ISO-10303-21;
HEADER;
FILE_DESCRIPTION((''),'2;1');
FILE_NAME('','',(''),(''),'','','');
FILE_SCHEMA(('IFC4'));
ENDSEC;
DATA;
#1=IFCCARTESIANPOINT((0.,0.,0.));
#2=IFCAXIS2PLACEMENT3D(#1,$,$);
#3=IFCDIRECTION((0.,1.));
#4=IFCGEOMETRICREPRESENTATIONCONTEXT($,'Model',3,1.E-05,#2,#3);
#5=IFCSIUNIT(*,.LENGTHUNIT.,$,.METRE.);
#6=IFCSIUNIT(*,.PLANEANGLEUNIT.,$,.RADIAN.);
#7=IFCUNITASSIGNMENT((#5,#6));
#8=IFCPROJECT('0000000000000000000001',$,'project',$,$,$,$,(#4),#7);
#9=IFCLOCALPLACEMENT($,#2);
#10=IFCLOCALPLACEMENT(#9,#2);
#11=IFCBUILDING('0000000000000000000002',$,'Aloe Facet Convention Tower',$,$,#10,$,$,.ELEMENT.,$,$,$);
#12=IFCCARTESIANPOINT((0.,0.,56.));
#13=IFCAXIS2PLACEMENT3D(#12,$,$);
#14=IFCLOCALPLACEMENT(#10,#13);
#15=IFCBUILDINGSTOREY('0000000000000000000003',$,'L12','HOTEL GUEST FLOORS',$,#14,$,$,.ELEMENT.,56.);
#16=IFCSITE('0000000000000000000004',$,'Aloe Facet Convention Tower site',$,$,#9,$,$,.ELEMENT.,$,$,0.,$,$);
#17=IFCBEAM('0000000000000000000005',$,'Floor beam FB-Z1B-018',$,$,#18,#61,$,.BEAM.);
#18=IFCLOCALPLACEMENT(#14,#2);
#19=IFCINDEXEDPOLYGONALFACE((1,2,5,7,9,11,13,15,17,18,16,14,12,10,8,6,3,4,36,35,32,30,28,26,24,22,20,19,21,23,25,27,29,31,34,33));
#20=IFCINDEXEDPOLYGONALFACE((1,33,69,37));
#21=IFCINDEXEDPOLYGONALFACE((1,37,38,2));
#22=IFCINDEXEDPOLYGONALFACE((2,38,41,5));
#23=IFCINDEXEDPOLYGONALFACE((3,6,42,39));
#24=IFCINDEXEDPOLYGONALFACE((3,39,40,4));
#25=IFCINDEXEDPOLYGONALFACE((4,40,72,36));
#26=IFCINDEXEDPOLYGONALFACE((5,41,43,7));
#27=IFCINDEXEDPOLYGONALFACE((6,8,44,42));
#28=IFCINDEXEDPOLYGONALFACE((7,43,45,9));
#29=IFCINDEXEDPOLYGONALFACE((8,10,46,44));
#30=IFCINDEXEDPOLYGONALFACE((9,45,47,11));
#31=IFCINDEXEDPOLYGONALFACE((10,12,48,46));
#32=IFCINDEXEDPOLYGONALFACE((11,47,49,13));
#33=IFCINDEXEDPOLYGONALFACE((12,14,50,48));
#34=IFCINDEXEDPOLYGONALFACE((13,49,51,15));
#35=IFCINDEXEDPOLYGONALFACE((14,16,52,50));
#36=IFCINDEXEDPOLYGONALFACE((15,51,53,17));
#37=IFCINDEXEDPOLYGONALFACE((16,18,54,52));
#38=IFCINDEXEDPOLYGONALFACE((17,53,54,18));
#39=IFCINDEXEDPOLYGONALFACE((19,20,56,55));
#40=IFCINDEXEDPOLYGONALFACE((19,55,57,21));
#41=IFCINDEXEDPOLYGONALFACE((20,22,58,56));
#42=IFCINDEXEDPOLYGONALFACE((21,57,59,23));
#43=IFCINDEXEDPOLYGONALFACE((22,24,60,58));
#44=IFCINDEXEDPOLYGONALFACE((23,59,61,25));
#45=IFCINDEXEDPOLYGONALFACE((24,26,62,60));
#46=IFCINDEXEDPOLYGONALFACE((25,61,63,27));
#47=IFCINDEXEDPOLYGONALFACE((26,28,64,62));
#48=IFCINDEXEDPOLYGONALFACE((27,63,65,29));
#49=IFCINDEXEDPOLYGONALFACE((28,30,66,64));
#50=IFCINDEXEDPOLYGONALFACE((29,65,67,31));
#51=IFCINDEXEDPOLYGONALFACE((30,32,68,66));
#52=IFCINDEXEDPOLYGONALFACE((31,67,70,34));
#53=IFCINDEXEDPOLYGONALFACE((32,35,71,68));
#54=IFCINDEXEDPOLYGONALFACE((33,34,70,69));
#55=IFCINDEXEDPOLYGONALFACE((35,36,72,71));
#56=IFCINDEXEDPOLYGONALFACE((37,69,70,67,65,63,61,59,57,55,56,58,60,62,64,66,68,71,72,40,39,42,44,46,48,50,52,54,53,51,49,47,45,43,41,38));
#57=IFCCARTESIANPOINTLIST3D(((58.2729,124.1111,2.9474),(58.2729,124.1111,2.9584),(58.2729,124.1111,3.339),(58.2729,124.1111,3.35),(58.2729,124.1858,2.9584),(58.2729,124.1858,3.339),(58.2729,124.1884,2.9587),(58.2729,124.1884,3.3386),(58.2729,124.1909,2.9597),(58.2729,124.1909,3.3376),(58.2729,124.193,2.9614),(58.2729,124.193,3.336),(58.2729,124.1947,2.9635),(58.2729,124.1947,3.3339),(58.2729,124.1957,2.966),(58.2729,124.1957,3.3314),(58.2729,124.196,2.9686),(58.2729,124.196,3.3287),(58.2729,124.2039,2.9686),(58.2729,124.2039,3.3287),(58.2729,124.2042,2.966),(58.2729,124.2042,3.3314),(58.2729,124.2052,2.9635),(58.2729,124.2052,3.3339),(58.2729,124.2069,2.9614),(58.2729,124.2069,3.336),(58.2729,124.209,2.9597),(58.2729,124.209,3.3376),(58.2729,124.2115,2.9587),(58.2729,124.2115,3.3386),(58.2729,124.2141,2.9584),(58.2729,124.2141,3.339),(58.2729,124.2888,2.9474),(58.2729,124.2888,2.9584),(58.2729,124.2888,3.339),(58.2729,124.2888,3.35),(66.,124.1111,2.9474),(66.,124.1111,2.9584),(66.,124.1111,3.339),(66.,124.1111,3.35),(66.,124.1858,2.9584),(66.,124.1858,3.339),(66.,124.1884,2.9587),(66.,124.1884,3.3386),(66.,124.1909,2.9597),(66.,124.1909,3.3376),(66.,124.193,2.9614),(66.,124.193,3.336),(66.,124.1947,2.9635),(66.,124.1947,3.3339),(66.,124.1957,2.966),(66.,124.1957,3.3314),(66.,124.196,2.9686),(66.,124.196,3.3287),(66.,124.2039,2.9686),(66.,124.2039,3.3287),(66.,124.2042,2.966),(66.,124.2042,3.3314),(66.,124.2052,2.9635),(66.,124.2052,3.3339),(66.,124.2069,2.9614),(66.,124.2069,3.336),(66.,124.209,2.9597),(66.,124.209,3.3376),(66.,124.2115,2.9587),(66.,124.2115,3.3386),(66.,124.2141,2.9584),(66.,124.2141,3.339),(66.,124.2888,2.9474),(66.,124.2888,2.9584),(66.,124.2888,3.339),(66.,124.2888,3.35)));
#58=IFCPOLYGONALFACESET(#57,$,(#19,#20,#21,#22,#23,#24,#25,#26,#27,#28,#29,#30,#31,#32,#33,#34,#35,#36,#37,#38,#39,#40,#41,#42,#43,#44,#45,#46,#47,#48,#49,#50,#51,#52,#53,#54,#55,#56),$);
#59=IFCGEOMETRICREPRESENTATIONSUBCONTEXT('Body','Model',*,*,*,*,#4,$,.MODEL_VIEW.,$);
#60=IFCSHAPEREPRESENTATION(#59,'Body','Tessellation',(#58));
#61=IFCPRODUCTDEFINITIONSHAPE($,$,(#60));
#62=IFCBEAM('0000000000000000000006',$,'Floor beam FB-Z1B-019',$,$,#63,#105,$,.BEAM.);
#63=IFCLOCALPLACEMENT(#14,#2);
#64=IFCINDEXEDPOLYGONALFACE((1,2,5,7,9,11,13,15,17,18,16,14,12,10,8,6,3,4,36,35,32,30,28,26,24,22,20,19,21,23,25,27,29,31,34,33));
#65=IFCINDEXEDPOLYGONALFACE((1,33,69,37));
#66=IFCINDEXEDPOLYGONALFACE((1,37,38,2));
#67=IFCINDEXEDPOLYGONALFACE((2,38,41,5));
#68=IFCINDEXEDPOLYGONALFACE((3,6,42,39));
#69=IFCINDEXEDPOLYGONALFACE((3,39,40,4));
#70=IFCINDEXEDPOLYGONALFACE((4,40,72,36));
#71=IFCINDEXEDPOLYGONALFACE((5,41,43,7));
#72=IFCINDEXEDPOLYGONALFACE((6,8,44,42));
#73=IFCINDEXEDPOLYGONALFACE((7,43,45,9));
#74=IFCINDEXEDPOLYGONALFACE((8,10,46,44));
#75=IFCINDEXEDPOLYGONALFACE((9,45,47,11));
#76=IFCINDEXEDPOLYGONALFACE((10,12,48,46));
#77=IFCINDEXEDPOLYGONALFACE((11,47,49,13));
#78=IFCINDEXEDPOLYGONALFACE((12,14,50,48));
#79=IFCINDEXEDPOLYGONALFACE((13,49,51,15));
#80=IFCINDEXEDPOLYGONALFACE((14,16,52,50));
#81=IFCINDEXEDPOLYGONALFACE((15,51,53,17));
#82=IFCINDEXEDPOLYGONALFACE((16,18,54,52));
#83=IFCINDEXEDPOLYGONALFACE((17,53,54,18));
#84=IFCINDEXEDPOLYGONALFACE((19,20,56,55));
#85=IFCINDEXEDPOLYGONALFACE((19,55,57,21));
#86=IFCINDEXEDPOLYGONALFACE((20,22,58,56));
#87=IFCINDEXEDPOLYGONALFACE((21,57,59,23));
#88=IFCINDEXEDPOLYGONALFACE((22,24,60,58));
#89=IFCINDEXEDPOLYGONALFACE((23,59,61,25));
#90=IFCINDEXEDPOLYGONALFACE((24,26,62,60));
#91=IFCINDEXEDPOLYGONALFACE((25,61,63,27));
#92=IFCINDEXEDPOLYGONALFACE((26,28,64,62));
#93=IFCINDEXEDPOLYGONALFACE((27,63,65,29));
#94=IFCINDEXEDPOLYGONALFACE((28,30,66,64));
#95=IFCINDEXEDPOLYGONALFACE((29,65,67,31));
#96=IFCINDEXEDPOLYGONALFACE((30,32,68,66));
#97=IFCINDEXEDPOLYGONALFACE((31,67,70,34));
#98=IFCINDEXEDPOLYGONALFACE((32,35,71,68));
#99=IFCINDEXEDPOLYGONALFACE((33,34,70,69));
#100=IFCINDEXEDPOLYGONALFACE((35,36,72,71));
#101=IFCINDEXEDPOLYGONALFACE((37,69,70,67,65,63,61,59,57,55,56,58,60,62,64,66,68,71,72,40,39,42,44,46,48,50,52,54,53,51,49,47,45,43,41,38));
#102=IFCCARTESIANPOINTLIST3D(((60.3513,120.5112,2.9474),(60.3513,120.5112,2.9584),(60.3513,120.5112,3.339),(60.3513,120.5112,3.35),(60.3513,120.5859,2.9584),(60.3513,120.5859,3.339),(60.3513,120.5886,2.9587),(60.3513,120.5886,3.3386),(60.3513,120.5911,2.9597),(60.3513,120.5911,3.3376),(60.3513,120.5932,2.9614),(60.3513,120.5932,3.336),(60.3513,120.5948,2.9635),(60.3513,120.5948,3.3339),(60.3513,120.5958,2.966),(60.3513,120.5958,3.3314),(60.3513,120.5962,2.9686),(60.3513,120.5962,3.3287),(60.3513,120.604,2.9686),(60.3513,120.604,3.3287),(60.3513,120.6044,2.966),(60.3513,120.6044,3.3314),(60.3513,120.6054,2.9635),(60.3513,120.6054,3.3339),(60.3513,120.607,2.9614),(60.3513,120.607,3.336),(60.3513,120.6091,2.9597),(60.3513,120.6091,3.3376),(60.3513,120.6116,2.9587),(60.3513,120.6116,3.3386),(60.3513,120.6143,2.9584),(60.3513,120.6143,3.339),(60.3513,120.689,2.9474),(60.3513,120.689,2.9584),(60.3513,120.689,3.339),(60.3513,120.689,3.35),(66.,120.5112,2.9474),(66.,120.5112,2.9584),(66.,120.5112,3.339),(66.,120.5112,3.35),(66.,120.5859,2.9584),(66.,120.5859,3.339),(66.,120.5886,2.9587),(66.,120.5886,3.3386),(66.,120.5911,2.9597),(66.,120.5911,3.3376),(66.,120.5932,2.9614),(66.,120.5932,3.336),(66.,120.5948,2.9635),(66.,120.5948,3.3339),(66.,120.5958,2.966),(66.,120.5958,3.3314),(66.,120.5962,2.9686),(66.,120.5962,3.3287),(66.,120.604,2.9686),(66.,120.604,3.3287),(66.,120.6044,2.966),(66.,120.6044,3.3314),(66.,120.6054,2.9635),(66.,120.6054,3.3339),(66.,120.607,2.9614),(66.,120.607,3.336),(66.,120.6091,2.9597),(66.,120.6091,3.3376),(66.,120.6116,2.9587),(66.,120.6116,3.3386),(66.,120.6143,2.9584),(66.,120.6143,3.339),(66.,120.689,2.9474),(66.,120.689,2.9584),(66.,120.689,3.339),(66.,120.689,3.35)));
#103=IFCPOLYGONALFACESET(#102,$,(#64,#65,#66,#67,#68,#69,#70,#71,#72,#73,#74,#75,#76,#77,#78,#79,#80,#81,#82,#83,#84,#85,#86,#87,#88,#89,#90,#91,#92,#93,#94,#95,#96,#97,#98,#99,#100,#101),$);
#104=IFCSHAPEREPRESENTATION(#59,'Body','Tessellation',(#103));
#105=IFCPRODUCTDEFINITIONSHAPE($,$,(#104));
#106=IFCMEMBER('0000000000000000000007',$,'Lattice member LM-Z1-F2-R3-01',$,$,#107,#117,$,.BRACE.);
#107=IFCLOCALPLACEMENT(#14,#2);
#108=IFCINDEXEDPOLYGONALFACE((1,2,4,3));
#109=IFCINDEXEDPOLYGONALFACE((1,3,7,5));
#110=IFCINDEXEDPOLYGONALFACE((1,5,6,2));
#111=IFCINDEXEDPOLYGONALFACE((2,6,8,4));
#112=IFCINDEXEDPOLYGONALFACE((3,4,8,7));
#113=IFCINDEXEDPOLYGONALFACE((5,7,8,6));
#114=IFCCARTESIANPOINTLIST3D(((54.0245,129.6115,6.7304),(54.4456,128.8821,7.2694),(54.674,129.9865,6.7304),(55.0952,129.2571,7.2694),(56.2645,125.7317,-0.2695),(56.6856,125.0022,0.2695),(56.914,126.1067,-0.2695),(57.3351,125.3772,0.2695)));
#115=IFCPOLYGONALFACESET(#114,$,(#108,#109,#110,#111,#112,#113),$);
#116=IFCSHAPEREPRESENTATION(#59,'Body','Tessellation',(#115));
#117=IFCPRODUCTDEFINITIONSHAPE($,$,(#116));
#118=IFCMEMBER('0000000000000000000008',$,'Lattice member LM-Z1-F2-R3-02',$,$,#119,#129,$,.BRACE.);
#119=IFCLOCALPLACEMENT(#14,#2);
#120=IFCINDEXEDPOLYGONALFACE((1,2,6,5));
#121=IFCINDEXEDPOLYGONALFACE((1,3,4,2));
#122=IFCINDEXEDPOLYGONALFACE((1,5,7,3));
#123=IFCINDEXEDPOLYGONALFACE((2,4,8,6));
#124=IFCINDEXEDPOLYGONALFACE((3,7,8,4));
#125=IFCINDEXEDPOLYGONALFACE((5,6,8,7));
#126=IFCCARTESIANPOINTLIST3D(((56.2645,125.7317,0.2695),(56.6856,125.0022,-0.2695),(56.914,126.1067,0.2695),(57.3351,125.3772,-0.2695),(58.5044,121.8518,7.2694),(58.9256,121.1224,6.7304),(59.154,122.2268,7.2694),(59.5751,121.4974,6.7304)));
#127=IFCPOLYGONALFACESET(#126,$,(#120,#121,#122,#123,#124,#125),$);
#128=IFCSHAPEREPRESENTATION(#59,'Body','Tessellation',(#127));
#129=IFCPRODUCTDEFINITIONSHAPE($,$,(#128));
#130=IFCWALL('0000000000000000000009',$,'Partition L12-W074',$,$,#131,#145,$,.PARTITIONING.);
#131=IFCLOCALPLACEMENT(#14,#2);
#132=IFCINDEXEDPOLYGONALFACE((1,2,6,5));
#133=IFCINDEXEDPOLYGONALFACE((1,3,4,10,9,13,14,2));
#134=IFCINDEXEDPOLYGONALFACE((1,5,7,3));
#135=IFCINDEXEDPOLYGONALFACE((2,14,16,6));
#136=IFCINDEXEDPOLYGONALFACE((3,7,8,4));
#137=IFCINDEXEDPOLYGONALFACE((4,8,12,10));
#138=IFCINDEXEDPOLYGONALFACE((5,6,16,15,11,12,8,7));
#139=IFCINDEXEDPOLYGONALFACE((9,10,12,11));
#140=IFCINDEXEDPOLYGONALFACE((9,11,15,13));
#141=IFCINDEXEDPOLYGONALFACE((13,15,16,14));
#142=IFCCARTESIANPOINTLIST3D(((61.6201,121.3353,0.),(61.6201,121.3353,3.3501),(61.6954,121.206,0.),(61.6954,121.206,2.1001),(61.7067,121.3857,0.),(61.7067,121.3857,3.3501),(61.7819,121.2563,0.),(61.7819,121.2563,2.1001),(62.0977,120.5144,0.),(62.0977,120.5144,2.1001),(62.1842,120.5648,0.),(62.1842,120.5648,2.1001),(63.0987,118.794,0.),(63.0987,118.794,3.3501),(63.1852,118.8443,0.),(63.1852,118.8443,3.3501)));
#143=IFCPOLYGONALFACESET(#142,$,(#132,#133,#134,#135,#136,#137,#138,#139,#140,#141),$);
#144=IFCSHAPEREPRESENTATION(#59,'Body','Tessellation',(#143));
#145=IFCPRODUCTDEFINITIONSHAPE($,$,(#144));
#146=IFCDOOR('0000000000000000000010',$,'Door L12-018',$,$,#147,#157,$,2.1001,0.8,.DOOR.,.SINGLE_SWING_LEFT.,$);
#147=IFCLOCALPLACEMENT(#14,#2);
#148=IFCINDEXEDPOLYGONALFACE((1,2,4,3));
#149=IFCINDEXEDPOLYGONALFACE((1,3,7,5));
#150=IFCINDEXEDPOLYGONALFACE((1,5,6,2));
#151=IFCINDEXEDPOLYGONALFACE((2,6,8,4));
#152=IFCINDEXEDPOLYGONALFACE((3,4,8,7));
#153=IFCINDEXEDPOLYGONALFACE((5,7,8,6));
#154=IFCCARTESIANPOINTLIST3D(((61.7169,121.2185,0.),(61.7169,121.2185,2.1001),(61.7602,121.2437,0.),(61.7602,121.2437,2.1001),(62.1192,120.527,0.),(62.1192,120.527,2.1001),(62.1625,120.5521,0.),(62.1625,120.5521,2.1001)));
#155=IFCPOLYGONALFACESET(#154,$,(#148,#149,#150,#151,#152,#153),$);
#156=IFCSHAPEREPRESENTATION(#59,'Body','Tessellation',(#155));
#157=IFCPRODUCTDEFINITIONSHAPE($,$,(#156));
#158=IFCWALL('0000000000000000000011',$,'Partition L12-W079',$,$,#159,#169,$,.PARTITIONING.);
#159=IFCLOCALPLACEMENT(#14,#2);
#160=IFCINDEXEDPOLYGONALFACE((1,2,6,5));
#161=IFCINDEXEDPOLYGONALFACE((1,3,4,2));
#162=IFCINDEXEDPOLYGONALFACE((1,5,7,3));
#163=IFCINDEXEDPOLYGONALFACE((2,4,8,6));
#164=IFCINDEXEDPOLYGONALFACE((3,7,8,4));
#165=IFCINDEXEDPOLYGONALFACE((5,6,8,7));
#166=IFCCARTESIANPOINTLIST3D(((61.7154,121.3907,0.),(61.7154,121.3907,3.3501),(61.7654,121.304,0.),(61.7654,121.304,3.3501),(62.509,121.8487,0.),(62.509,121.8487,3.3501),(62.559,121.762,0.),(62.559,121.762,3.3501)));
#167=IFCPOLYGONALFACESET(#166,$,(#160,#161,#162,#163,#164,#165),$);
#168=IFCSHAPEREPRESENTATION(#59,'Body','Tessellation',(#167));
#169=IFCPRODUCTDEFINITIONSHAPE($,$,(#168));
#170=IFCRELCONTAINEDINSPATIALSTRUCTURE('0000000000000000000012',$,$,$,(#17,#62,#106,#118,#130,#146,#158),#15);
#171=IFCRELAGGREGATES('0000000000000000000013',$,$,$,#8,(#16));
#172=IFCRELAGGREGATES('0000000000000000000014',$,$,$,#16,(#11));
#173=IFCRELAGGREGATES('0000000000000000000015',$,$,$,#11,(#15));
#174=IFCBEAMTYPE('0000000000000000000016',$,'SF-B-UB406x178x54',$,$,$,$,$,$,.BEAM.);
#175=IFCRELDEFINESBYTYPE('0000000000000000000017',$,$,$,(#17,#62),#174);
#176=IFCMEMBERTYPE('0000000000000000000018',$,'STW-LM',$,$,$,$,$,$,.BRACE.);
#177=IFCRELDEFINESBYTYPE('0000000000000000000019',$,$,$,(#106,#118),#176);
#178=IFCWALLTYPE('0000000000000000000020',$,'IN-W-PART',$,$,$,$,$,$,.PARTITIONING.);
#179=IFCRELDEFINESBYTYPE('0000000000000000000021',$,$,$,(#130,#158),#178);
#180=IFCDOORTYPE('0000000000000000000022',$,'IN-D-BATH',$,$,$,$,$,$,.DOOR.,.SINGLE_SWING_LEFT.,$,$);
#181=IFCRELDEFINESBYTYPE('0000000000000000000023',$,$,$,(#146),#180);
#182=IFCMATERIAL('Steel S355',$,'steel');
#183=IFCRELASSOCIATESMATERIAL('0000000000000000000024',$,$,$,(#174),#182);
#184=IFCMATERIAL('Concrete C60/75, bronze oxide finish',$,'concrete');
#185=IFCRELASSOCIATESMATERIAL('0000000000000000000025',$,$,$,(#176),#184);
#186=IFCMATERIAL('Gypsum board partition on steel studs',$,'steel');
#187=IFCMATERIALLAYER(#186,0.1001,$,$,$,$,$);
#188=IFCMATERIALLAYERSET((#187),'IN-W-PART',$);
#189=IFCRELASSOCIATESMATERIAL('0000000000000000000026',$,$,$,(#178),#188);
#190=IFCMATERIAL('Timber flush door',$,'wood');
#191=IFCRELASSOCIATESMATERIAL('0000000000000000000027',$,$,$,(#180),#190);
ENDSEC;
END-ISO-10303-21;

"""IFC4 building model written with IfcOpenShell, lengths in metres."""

from ifc_helpers import new_model, si_unit, direction, frame, frame_2d, origin, origin_2d, place, context, subcontext, project, spatial, rectangle, i_section, extrude, material, layer, layer_set, material_profile, profile_set, type_object, element, fill, save


model = new_model("IFC4")

# Units and contexts
model_context = context("Model", 3, precision=1e-05, world=origin(), true_north=direction((0.0, 1.0)))
body_context = subcontext(model_context, "Body", "Model", "MODEL_VIEW")
ifc_project = project(units=[si_unit("LENGTHUNIT", "METRE"), si_unit("PLANEANGLEUNIT", "RADIAN")], contexts=[model_context])

# Site, building, storey
site_placement = place(None, origin())
site = spatial("IfcSite", under=ifc_project, at=site_placement, Name="Aloe Facet Convention Tower site", CompositionType="ELEMENT", RefElevation=0.0)
building_placement = place(site_placement, origin())
building = spatial("IfcBuilding", under=site, at=building_placement, Name="Aloe Facet Convention Tower", CompositionType="ELEMENT")
storey_placement = place(building_placement, frame((0.0, 0.0, 56.0)))
storey = spatial("IfcBuildingStorey", under=building, at=storey_placement, Name="L12", Description="HOTEL GUEST FLOORS", CompositionType="ELEMENT", Elevation=56.0)

# Beams
ifc_material_1 = material(Name="Steel S355", Category="steel")
ifc_material_profile_1 = material_profile(ifc_material_1, i_section(OverallWidth=0.1777, OverallDepth=0.4026, WebThickness=0.0078, FlangeThickness=0.011, FilletRadius=0.0103, at=origin_2d()), Name="UB 406x178x54")
ifc_profile_set_1 = profile_set([ifc_material_profile_1], Name="Steel S355")
beam_type = type_object("IfcBeamType", Name="SF-B-UB406x178x54", PredefinedType="BEAM", material=ifc_profile_set_1)
beam_1_placement = place(storey_placement, frame((58.2729, 124.2, 3.1487), z_axis=(1.0, 0.0, 0.0), x_axis=(0.0, 1.0, 0.0)))
element("IfcBeam", 1, at=beam_1_placement, inside=storey, type_object=beam_type, Name="Floor beam FB-Z1B-018", PredefinedType="BEAM", context=body_context, shape_type="SweptSolid", body=[
    extrude(i_section(OverallWidth=0.1777, OverallDepth=0.4026, WebThickness=0.0078, FlangeThickness=0.011, FilletRadius=0.0103, at=origin_2d()), origin(), (0.0, 0.0, 1.0), 7.7271),
])
beam_2_placement = place(storey_placement, frame((60.3513, 120.6001, 3.1487), z_axis=(1.0, 0.0, 0.0), x_axis=(0.0, 1.0, 0.0)))
element("IfcBeam", 2, at=beam_2_placement, inside=storey, type_object=beam_type, Name="Floor beam FB-Z1B-019", PredefinedType="BEAM", context=body_context, shape_type="SweptSolid", body=[
    extrude(i_section(OverallWidth=0.1777, OverallDepth=0.4026, WebThickness=0.0078, FlangeThickness=0.011, FilletRadius=0.0103, at=origin_2d()), origin(), (0.0, 0.0, 1.0), 5.6487),
])

# Members
ifc_material_2 = material(Name="Concrete C60/75, bronze oxide finish", Category="concrete")
ifc_material_profile_2 = material_profile(ifc_material_2, rectangle(XDim=0.75, YDim=1.0, at=origin_2d()), Name="STW-LM")
ifc_profile_set_2 = profile_set([ifc_material_profile_2], Name="Concrete C60/75, bronze oxide finish")
member_type = type_object("IfcMemberType", Name="STW-LM", PredefinedType="BRACE", material=ifc_profile_set_2)
for number, where, z_axis, x_axis, name in (
    (3, (56.7998, 125.5544, 0.0), (-0.269524, 0.466843, 0.842267), (-0.866031, -0.49999, 0.0), "Lattice member LM-Z1-F2-R3-01"),
    (4, (56.7998, 125.5544, 0.0), (0.269524, -0.466843, 0.842267), (0.866031, 0.49999, 0.0), "Lattice member LM-Z1-F2-R3-02"),
):
    element("IfcMember", number, at=place(storey_placement, frame(where, z_axis=z_axis, x_axis=x_axis)), inside=storey, type_object=member_type, Name=name, PredefinedType="BRACE", context=body_context, shape_type="SweptSolid", body=[
        extrude(rectangle(XDim=0.75, YDim=1.0, at=origin_2d()), origin(), (0.0, 0.0, 1.0), 8.3108),
    ])

# Wall, opening, door
ifc_material_3 = material(Name="Gypsum board partition on steel studs", Category="steel")
ifc_layer_1 = layer(ifc_material_3, 0.1001)
ifc_layer_set_1 = layer_set([ifc_layer_1], Name="IN-W-PART")
wall_type_1 = type_object("IfcWallType", Name="IN-W-PART", PredefinedType="PARTITIONING", material=ifc_layer_set_1)
wall_1_placement = place(storey_placement, frame((61.6633, 121.3606, 0.0), z_axis=(0.0, 0.0, 1.0), x_axis=(0.502885, -0.864354, 0.0)))
wall_1 = element("IfcWall", 5, at=wall_1_placement, inside=storey, type_object=wall_type_1, Name="Partition L12-W074", PredefinedType="PARTITIONING", context=body_context, shape_type="SweptSolid", body=[
    extrude(rectangle(XDim=2.9402, YDim=0.1001, at=frame_2d((1.4702, 0.0))), origin(), (0.0, 0.0, 1.0), 3.3501),
])
opening_1_placement = place(wall_1_placement, frame((0.1499, 0.0, 0.0)))
opening_1 = element("IfcOpeningElement", 6, at=opening_1_placement, cuts=wall_1, PredefinedType="OPENING", context=body_context, shape_type="SweptSolid", body=[
    extrude(rectangle(XDim=0.8, YDim=2.1001, at=frame_2d((0.3999, 1.05))), frame((0.0, 0.0601, 0.0), z_axis=(0.0, -1.0, 0.0), x_axis=(1.0, 0.0, 0.0)), (0.0, 0.0, 1.0), 0.1201),
])
ifc_material_4 = material(Name="Timber flush door", Category="wood")
door_type_1 = type_object("IfcDoorType", Name="IN-D-BATH", OperationType="SINGLE_SWING_LEFT", PredefinedType="DOOR", material=ifc_material_4)
door_1_placement = place(opening_1_placement, origin())
door_1 = element("IfcDoor", 7, at=door_1_placement, inside=storey, type_object=door_type_1, Name="Door L12-018", OperationType="SINGLE_SWING_LEFT", OverallHeight=2.1001, OverallWidth=0.8, PredefinedType="DOOR", context=body_context, shape_type="SweptSolid", body=[
    extrude(rectangle(XDim=0.8, YDim=2.1001, at=frame_2d((0.3999, 1.05))), frame((0.0, 0.0249, 0.0), z_axis=(0.0, -1.0, 0.0), x_axis=(1.0, 0.0, 0.0)), (0.0, 0.0, 1.0), 0.05),
])
fill(opening_1, door_1)

# Wall
wall_2_placement = place(storey_placement, frame((61.7405, 121.3474, 0.0), z_axis=(0.0, 0.0, 1.0), x_axis=(0.866137, 0.499807, 0.0)))
element("IfcWall", 8, at=wall_2_placement, inside=storey, type_object=wall_type_1, Name="Partition L12-W079", PredefinedType="PARTITIONING", context=body_context, shape_type="SweptSolid", body=[
    extrude(rectangle(XDim=0.9163, YDim=0.1001, at=frame_2d((0.458, 0.0))), origin(), (0.0, 0.0, 1.0), 3.3501),
])

save(model, "model.ifc")
